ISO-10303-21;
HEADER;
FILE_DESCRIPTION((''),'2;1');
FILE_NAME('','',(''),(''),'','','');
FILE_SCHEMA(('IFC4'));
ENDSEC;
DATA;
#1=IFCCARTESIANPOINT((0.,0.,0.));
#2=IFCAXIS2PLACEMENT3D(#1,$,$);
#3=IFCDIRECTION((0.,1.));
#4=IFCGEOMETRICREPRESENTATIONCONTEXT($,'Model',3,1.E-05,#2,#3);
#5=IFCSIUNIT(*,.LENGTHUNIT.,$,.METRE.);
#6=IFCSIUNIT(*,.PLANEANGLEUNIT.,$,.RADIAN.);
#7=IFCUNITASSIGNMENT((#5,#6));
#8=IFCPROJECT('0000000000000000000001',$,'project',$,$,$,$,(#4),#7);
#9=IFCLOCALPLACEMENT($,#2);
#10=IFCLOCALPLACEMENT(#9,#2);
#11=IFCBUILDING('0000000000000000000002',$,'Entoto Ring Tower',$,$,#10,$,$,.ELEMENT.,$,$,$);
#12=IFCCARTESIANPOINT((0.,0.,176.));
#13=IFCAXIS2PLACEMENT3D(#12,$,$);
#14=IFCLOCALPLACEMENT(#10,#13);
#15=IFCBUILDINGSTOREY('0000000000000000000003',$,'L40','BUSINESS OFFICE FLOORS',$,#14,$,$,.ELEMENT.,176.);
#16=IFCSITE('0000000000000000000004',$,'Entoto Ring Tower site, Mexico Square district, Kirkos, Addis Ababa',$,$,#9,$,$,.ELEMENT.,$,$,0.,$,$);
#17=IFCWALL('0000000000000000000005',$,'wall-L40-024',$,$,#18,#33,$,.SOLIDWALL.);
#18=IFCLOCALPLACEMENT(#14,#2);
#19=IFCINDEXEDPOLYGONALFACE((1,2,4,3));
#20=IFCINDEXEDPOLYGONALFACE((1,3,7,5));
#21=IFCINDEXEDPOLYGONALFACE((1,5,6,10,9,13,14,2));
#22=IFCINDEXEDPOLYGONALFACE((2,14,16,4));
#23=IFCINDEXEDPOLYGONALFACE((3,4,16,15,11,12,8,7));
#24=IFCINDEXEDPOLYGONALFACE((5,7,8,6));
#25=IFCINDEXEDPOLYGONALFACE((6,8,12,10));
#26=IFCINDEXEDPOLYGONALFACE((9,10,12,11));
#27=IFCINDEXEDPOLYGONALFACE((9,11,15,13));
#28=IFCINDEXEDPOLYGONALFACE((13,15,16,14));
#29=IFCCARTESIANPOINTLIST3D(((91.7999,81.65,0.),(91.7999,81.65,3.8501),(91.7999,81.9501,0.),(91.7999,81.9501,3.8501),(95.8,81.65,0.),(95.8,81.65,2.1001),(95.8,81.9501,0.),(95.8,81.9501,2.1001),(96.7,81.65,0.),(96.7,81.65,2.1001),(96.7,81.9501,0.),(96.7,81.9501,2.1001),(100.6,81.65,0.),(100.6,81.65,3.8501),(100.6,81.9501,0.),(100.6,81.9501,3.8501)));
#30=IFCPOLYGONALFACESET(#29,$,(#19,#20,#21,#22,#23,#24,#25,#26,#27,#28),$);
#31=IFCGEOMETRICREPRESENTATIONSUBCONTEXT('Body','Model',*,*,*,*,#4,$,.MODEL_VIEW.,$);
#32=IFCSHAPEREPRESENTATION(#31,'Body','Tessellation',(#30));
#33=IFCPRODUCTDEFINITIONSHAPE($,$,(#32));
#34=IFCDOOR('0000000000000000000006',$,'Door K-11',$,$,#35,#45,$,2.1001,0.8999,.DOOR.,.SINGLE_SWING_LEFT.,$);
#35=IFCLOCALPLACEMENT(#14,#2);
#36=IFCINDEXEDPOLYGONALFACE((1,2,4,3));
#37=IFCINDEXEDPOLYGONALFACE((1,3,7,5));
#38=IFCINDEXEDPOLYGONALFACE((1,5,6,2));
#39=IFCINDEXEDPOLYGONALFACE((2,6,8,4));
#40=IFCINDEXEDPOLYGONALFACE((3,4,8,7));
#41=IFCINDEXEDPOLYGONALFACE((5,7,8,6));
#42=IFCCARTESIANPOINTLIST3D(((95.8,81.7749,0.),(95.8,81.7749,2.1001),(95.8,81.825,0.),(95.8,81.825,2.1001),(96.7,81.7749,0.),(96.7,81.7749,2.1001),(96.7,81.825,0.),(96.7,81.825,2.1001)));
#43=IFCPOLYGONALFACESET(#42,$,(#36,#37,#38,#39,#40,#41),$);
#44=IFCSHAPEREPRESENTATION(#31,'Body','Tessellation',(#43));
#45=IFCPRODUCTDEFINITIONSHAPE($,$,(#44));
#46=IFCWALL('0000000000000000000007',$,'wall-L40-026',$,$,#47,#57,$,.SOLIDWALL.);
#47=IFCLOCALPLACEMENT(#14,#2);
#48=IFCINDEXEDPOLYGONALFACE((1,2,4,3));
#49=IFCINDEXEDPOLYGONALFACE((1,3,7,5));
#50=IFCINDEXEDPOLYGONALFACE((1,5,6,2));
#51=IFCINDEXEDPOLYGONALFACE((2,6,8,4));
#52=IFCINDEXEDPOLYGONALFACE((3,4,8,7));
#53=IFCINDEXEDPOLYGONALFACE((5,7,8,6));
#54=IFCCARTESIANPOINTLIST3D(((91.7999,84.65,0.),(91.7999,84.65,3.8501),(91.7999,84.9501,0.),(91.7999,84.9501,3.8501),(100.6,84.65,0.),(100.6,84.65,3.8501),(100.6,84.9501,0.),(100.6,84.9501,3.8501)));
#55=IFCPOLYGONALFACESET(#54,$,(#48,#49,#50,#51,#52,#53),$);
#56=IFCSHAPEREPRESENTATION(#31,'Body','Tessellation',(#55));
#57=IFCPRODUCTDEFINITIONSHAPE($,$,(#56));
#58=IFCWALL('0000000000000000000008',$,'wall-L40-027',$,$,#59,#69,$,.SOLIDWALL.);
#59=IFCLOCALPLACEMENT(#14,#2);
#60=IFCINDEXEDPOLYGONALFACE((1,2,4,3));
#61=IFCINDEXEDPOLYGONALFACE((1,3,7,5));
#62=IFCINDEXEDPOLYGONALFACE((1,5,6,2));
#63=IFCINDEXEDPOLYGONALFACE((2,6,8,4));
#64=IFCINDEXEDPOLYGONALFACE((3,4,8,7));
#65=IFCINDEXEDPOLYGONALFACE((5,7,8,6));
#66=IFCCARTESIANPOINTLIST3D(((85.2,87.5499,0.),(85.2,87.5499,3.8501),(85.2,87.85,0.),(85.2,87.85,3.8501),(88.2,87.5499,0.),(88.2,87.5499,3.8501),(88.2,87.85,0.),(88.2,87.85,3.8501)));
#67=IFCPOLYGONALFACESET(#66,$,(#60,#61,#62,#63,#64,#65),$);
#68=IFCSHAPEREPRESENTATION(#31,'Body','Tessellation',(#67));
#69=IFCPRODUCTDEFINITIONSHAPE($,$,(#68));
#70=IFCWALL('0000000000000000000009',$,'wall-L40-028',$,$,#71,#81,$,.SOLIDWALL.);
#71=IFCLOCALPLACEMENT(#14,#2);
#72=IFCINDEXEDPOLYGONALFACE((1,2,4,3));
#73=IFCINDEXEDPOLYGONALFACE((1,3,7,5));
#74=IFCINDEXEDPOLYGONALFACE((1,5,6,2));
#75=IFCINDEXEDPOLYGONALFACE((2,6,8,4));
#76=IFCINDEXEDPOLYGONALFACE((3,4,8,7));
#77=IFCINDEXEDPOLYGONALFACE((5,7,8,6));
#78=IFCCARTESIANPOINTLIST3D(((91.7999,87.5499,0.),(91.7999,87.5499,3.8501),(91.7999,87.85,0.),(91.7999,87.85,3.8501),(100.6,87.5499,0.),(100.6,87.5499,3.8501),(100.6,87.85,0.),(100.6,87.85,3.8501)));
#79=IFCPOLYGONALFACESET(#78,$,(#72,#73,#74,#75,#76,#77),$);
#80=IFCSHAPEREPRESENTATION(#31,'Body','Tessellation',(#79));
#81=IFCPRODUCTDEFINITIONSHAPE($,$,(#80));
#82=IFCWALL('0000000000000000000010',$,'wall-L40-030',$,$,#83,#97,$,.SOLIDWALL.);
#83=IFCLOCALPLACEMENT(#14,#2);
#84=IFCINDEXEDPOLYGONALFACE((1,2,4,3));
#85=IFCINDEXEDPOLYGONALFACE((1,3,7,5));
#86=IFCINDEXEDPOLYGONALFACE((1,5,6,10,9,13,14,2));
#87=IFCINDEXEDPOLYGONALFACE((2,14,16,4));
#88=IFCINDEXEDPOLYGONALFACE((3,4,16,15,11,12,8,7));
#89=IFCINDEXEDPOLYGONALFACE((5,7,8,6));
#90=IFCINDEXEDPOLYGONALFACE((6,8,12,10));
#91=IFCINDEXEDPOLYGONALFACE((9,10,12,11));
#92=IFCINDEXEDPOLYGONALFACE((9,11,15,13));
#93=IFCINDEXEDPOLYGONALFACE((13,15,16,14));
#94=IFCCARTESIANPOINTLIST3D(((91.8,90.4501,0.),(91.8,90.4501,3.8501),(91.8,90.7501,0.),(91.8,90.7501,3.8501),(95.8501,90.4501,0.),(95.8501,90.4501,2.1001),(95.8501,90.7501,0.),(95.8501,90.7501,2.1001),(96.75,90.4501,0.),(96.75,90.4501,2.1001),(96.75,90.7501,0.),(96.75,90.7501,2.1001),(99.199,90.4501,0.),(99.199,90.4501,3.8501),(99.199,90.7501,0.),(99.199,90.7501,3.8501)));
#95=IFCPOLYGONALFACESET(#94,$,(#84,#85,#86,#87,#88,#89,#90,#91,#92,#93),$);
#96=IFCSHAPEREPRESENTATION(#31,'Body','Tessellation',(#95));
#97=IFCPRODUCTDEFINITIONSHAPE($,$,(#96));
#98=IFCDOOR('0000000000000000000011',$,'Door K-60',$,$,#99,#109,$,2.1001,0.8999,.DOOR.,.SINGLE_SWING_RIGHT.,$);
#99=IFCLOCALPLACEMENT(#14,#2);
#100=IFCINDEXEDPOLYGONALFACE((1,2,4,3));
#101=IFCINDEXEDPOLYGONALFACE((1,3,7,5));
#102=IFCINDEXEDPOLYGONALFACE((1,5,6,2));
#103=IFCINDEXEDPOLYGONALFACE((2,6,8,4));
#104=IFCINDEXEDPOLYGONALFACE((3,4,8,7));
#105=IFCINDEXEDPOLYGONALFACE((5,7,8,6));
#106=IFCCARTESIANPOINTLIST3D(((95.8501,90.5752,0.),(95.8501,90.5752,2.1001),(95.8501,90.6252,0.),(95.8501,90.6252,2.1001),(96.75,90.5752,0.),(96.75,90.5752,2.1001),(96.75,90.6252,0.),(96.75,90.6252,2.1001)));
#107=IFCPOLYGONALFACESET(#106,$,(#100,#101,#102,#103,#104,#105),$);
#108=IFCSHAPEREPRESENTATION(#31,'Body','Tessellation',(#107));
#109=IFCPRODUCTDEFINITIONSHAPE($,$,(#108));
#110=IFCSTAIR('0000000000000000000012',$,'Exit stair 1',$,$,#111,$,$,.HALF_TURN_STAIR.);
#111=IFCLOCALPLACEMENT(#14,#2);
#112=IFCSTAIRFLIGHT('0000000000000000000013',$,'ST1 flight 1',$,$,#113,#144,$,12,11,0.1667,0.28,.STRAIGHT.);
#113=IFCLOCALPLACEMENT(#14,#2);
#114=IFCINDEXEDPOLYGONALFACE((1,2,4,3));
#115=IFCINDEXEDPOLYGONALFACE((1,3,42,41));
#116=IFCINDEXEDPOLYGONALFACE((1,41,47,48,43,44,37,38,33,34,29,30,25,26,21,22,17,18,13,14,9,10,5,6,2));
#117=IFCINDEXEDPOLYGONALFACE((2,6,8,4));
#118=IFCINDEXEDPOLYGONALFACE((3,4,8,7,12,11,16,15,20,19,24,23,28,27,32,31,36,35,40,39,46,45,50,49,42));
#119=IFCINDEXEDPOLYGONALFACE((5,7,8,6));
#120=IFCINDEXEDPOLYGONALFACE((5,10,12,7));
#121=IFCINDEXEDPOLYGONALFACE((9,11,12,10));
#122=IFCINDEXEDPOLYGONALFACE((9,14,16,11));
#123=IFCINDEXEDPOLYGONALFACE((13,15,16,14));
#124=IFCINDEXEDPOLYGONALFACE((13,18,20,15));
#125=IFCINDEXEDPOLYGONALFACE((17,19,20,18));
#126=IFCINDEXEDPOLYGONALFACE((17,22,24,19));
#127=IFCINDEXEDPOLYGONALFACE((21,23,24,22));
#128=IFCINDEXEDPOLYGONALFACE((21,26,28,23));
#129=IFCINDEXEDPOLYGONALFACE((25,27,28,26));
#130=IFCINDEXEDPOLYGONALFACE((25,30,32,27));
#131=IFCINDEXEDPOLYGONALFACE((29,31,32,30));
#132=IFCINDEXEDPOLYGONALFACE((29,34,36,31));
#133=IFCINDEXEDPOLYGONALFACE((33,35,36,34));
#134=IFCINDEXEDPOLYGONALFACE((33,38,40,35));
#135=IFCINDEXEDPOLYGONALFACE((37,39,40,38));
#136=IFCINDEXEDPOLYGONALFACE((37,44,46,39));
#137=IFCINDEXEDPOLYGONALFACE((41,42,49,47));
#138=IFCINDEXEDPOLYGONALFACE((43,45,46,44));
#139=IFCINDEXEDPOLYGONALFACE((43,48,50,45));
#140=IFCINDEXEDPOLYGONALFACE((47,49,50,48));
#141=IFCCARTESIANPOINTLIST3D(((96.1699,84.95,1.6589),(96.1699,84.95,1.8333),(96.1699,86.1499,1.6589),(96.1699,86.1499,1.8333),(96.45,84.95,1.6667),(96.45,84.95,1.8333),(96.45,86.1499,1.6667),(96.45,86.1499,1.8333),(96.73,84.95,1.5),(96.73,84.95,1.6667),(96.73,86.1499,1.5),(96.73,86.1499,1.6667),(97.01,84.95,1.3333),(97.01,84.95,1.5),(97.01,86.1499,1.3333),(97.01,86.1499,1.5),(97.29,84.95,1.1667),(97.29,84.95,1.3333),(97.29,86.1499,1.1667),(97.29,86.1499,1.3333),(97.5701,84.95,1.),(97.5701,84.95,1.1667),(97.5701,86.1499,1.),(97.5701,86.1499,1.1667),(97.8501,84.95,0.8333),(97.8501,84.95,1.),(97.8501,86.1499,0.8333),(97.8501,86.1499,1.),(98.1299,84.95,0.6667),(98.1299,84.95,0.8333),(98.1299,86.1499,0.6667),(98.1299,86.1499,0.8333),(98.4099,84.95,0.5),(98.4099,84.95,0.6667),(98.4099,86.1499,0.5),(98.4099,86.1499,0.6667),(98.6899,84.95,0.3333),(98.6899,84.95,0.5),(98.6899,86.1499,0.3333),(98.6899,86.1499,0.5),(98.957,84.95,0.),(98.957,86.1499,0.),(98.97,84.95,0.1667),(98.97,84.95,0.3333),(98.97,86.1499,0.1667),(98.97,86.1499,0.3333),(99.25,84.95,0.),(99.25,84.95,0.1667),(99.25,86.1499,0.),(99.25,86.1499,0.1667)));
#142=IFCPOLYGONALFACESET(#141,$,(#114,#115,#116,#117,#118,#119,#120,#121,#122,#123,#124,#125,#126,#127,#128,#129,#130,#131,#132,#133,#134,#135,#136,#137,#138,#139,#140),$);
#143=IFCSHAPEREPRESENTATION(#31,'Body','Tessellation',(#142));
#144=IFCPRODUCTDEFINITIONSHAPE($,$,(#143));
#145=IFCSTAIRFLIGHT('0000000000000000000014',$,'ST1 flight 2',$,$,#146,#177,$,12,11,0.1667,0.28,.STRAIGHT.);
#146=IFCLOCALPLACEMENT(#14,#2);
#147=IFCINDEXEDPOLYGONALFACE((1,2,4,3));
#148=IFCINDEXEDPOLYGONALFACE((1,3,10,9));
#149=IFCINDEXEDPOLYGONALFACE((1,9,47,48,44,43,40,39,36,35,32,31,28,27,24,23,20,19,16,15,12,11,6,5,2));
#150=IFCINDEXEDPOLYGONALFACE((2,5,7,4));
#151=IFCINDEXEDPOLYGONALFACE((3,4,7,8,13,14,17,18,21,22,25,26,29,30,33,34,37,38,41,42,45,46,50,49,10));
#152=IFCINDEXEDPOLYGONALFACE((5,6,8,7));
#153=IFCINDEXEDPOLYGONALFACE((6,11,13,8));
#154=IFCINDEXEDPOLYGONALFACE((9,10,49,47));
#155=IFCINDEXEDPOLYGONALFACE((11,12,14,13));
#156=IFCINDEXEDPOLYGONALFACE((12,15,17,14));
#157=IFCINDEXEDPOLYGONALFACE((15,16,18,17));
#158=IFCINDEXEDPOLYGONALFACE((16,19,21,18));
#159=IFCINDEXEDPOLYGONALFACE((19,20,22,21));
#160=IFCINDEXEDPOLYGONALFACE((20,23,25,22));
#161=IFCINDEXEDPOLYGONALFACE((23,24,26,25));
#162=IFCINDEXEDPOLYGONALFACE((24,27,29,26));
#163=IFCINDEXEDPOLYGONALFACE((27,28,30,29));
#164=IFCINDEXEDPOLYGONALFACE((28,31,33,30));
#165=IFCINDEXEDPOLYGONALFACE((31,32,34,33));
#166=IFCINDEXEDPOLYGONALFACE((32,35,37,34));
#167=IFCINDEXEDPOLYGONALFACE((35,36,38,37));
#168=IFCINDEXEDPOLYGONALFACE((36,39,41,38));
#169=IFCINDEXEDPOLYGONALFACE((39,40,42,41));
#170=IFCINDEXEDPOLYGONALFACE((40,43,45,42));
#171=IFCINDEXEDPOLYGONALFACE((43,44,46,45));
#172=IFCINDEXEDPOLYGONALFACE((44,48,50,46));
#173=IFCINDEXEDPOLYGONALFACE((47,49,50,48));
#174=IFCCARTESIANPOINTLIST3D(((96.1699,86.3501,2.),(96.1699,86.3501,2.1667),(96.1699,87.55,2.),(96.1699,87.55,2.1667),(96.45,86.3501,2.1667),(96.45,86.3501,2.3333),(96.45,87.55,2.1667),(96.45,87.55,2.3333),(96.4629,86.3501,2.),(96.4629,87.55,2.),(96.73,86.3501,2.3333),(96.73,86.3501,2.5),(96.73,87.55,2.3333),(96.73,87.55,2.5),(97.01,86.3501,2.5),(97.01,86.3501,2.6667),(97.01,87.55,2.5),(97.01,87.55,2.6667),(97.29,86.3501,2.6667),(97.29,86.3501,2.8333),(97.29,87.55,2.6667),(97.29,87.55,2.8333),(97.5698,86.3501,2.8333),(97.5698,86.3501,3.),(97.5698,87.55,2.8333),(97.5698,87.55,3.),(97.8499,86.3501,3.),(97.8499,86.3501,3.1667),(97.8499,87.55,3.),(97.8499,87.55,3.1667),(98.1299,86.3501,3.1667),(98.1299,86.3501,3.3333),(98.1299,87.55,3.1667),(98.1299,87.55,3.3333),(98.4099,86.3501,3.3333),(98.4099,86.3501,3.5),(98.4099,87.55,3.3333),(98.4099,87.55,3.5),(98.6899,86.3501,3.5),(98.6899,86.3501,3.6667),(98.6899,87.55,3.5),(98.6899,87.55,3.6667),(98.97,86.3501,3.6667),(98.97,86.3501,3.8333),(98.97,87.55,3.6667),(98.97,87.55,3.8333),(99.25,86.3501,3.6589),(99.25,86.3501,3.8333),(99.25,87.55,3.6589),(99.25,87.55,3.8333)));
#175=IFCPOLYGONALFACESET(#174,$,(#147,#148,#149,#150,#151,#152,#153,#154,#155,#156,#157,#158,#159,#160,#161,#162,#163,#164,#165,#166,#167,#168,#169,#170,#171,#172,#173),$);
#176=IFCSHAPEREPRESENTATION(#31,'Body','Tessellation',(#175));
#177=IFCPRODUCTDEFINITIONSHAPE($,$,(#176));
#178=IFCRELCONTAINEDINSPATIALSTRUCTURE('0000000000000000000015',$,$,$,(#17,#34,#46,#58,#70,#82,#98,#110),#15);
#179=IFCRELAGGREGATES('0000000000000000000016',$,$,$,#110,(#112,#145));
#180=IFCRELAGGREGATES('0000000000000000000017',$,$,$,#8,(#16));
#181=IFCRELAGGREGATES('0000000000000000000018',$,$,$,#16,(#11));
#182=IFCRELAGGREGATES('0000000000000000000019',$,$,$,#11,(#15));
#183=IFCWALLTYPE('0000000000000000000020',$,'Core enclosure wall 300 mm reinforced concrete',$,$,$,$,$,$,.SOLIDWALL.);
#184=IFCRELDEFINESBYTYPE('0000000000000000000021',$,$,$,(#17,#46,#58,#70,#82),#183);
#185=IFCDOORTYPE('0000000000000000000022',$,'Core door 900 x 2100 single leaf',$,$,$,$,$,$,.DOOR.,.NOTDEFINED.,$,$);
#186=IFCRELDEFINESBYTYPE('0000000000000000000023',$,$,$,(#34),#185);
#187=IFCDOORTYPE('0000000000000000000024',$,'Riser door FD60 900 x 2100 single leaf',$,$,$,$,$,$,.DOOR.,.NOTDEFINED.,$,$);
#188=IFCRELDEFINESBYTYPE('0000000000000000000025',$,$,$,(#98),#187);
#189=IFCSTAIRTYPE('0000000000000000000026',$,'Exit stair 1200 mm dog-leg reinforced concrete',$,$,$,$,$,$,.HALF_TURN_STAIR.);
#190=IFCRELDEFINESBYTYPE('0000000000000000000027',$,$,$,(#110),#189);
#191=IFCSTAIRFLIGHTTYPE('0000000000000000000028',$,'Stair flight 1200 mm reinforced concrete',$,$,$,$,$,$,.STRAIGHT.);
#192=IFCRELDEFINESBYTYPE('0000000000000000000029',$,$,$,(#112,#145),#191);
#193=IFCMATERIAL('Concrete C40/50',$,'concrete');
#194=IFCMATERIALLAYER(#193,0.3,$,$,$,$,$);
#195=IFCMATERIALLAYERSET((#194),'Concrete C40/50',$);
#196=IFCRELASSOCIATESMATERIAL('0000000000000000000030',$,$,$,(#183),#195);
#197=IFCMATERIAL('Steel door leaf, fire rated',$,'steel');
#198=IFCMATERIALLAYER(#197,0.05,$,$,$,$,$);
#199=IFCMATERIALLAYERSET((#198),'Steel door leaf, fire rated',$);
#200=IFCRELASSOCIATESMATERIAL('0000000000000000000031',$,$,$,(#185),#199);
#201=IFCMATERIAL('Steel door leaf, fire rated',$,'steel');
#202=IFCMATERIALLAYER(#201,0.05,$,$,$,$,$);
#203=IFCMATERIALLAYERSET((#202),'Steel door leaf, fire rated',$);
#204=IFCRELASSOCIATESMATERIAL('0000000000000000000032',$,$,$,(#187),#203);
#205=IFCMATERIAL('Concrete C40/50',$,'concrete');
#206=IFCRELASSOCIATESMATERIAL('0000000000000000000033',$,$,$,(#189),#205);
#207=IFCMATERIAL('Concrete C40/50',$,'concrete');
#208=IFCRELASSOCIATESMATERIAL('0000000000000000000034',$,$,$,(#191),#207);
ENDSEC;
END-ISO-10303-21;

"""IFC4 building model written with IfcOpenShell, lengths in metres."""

from ifc_helpers import new_model, si_unit, direction, frame, frame_2d, origin, place, context, subcontext, project, spatial, polyline, rectangle, outline, extrude, material, layer, layer_set, type_object, element, fill, aggregate, save


model = new_model("IFC4")

# Units and contexts
model_context = context("Model", 3, precision=1e-05, world=origin(), true_north=direction((0.0, 1.0)))
body_context = subcontext(model_context, "Body", "Model", "MODEL_VIEW")
ifc_project = project(units=[si_unit("LENGTHUNIT", "METRE"), si_unit("PLANEANGLEUNIT", "RADIAN")], contexts=[model_context])

# Site, building, storey
site_placement = place(None, origin())
site = spatial("IfcSite", under=ifc_project, at=site_placement, Name="Entoto Ring Tower site, Mexico Square district, Kirkos, Addis Ababa", CompositionType="ELEMENT", RefElevation=0.0)
building_placement = place(site_placement, origin())
building = spatial("IfcBuilding", under=site, at=building_placement, Name="Entoto Ring Tower", CompositionType="ELEMENT")
storey_placement = place(building_placement, frame((0.0, 0.0, 176.0)))
storey = spatial("IfcBuildingStorey", under=building, at=storey_placement, Name="L40", Description="BUSINESS OFFICE FLOORS", CompositionType="ELEMENT", Elevation=176.0)

# Shared definitions
ifc_material_1 = material(Name="Concrete C40/50", Category="concrete")
ifc_layer_1 = layer(ifc_material_1, 0.3)
ifc_layer_set_1 = layer_set([ifc_layer_1], Name="Concrete C40/50")
wall_type = type_object("IfcWallType", Name="Core enclosure wall 300 mm reinforced concrete", PredefinedType="SOLIDWALL", material=ifc_layer_set_1)

# Wall, opening, door
wall_1_placement = place(storey_placement, frame((91.8, 81.8, 0.0), z_axis=(0.0, 0.0, 1.0), x_axis=(1.0, 0.0, 0.0)))
wall_1 = element("IfcWall", 1, at=wall_1_placement, inside=storey, type_object=wall_type, Name="wall-L40-024", PredefinedType="SOLIDWALL", context=body_context, shape_type="SweptSolid", body=[
    extrude(rectangle(XDim=8.8, YDim=0.3, at=frame_2d((4.3999, 0.0))), origin(), (0.0, 0.0, 1.0), 3.8501),
])
opening_1_placement = place(wall_1_placement, frame((4.0, 0.0, 0.0)))
opening_1 = element("IfcOpeningElement", 2, at=opening_1_placement, cuts=wall_1, PredefinedType="OPENING", context=body_context, shape_type="SweptSolid", body=[
    extrude(rectangle(XDim=0.8999, YDim=2.1001, at=frame_2d((0.45, 1.05))), frame((0.0, 0.1602, 0.0), z_axis=(0.0, -1.0, 0.0), x_axis=(1.0, 0.0, 0.0)), (0.0, 0.0, 1.0), 0.3201),
])
ifc_material_2 = material(Name="Steel door leaf, fire rated", Category="steel")
ifc_layer_2 = layer(ifc_material_2, 0.05)
ifc_layer_set_2 = layer_set([ifc_layer_2], Name="Steel door leaf, fire rated")
door_type_1 = type_object("IfcDoorType", Name="Core door 900 x 2100 single leaf", OperationType="NOTDEFINED", PredefinedType="DOOR", material=ifc_layer_set_2)
door_1_placement = place(opening_1_placement, origin())
door_1 = element("IfcDoor", 3, at=door_1_placement, inside=storey, type_object=door_type_1, Name="Door K-11", OperationType="SINGLE_SWING_LEFT", OverallHeight=2.1001, OverallWidth=0.8999, PredefinedType="DOOR", context=body_context, shape_type="SweptSolid", body=[
    extrude(rectangle(XDim=0.8999, YDim=2.1001, at=frame_2d((0.45, 1.05))), frame((0.0, 0.0249, 0.0), z_axis=(0.0, -1.0, 0.0), x_axis=(1.0, 0.0, 0.0)), (0.0, 0.0, 1.0), 0.05),
])
fill(opening_1, door_1)

# Walls
wall_2_placement = place(storey_placement, frame((91.8, 84.8, 0.0), z_axis=(0.0, 0.0, 1.0), x_axis=(1.0, 0.0, 0.0)))
element("IfcWall", 4, at=wall_2_placement, inside=storey, type_object=wall_type, Name="wall-L40-026", PredefinedType="SOLIDWALL", context=body_context, shape_type="SweptSolid", body=[
    extrude(rectangle(XDim=8.8, YDim=0.3, at=frame_2d((4.3999, 0.0))), origin(), (0.0, 0.0, 1.0), 3.8501),
])
wall_3_placement = place(storey_placement, frame((85.2, 87.7, 0.0), z_axis=(0.0, 0.0, 1.0), x_axis=(1.0, 0.0, 0.0)))
element("IfcWall", 5, at=wall_3_placement, inside=storey, type_object=wall_type, Name="wall-L40-027", PredefinedType="SOLIDWALL", context=body_context, shape_type="SweptSolid", body=[
    extrude(rectangle(XDim=3.0, YDim=0.3, at=frame_2d((1.5, 0.0))), origin(), (0.0, 0.0, 1.0), 3.8501),
])
wall_4_placement = place(storey_placement, frame((91.8, 87.7, 0.0), z_axis=(0.0, 0.0, 1.0), x_axis=(1.0, 0.0, 0.0)))
element("IfcWall", 6, at=wall_4_placement, inside=storey, type_object=wall_type, Name="wall-L40-028", PredefinedType="SOLIDWALL", context=body_context, shape_type="SweptSolid", body=[
    extrude(rectangle(XDim=8.8, YDim=0.3, at=frame_2d((4.3999, 0.0))), origin(), (0.0, 0.0, 1.0), 3.8501),
])

# Wall, opening, door
wall_5_placement = place(storey_placement, frame((91.8, 90.6001, 0.0), z_axis=(0.0, 0.0, 1.0), x_axis=(1.0, 0.0, 0.0)))
wall_5 = element("IfcWall", 7, at=wall_5_placement, inside=storey, type_object=wall_type, Name="wall-L40-030", PredefinedType="SOLIDWALL", context=body_context, shape_type="SweptSolid", body=[
    extrude(rectangle(XDim=7.3989, YDim=0.3, at=frame_2d((3.6995, 0.0))), origin(), (0.0, 0.0, 1.0), 3.8501),
])
opening_2_placement = place(wall_5_placement, frame((4.05, 0.0, 0.0)))
opening_2 = element("IfcOpeningElement", 8, at=opening_2_placement, cuts=wall_5, PredefinedType="OPENING", context=body_context, shape_type="SweptSolid", body=[
    extrude(rectangle(XDim=0.8999, YDim=2.1001, at=frame_2d((0.45, 1.05))), frame((0.0, 0.1602, 0.0), z_axis=(0.0, -1.0, 0.0), x_axis=(1.0, 0.0, 0.0)), (0.0, 0.0, 1.0), 0.3201),
])
ifc_material_3 = material(Name="Steel door leaf, fire rated", Category="steel")
ifc_layer_3 = layer(ifc_material_3, 0.05)
ifc_layer_set_3 = layer_set([ifc_layer_3], Name="Steel door leaf, fire rated")
door_type_2 = type_object("IfcDoorType", Name="Riser door FD60 900 x 2100 single leaf", OperationType="NOTDEFINED", PredefinedType="DOOR", material=ifc_layer_set_3)
door_2_placement = place(opening_2_placement, frame((0.8999, 0.0, 0.0), z_axis=(0.0, 0.0, 1.0), x_axis=(-1.0, 0.0, 0.0)))
door_2 = element("IfcDoor", 9, at=door_2_placement, inside=storey, type_object=door_type_2, Name="Door K-60", OperationType="SINGLE_SWING_RIGHT", OverallHeight=2.1001, OverallWidth=0.8999, PredefinedType="DOOR", context=body_context, shape_type="SweptSolid", body=[
    extrude(rectangle(XDim=0.8999, YDim=2.1001, at=frame_2d((0.45, 1.05))), frame((0.0, 0.0249, 0.0), z_axis=(0.0, -1.0, 0.0), x_axis=(1.0, 0.0, 0.0)), (0.0, 0.0, 1.0), 0.05),
])
fill(opening_2, door_2)

# Stair, stair flights
ifc_material_4 = material(Name="Concrete C40/50", Category="concrete")
stair_type = type_object("IfcStairType", Name="Exit stair 1200 mm dog-leg reinforced concrete", PredefinedType="HALF_TURN_STAIR", material=ifc_material_4)
stair_placement = place(storey_placement, origin())
stair = element("IfcStair", 10, at=stair_placement, inside=storey, type_object=stair_type, Name="Exit stair 1", PredefinedType="HALF_TURN_STAIR")
ifc_material_5 = material(Name="Concrete C40/50", Category="concrete")
stair_flight_type = type_object("IfcStairFlightType", Name="Stair flight 1200 mm reinforced concrete", PredefinedType="STRAIGHT", material=ifc_material_5)
stair_flight_1_placement = place(storey_placement, frame((99.25, 85.55, 0.0), z_axis=(0.0, 0.0, 1.0), x_axis=(-1.0, 0.0, 0.0)))
stair_flight_1 = element("IfcStairFlight", 11, at=stair_flight_1_placement, type_object=stair_flight_type, Name="ST1 flight 1", NumberOfRisers=12, NumberOfTreads=11, PredefinedType="STRAIGHT", RiserHeight=0.1667, TreadLength=0.28, context=body_context, shape_type="SweptSolid", body=[
    extrude(outline(polyline([(0.0, 0.0), (0.0, 0.1667), (0.28, 0.1667), (0.28, 0.3333), (0.5601, 0.3333), (0.5601, 0.5), (0.8401, 0.5), (0.8401, 0.6667), (1.1201, 0.6667), (1.1201, 0.8333), (1.3999, 0.8333), (1.3999, 1.0), (1.6799, 1.0), (1.6799, 1.1667), (1.96, 1.1667), (1.96, 1.3333), (2.24, 1.3333), (2.24, 1.5), (2.52, 1.5), (2.52, 1.6667), (2.8, 1.6667), (2.8, 1.8333), (3.0801, 1.8333), (3.0801, 2.0), (3.0801, 1.6589), (0.293, 0.0), (0.0, 0.0)])), frame((0.0, 0.6001, 0.0), z_axis=(0.0, -1.0, 0.0), x_axis=(1.0, 0.0, 0.0)), (0.0, 0.0, 1.0), 1.2),
])
stair_flight_2_placement = place(storey_placement, frame((96.1699, 86.95, 2.0), z_axis=(0.0, 0.0, 1.0), x_axis=(1.0, 0.0, 0.0)))
stair_flight_2 = element("IfcStairFlight", 12, at=stair_flight_2_placement, type_object=stair_flight_type, Name="ST1 flight 2", NumberOfRisers=12, NumberOfTreads=11, PredefinedType="STRAIGHT", RiserHeight=0.1667, TreadLength=0.28, context=body_context, shape_type="SweptSolid", body=[
    extrude(outline(polyline([(0.0, 0.0), (0.0, 0.1667), (0.28, 0.1667), (0.28, 0.3333), (0.5601, 0.3333), (0.5601, 0.5), (0.8401, 0.5), (0.8401, 0.6667), (1.1201, 0.6667), (1.1201, 0.8333), (1.3999, 0.8333), (1.3999, 1.0), (1.6799, 1.0), (1.6799, 1.1667), (1.96, 1.1667), (1.96, 1.3333), (2.24, 1.3333), (2.24, 1.5), (2.52, 1.5), (2.52, 1.6667), (2.8, 1.6667), (2.8, 1.8333), (3.0801, 1.8333), (3.0801, 2.0), (3.0801, 1.6589), (0.293, 0.0), (0.0, 0.0)])), frame((0.0, 0.6001, 0.0), z_axis=(0.0, -1.0, 0.0), x_axis=(1.0, 0.0, 0.0)), (0.0, 0.0, 1.0), 1.2),
])
aggregate(stair, [stair_flight_1, stair_flight_2])

save(model, "model.ifc")
